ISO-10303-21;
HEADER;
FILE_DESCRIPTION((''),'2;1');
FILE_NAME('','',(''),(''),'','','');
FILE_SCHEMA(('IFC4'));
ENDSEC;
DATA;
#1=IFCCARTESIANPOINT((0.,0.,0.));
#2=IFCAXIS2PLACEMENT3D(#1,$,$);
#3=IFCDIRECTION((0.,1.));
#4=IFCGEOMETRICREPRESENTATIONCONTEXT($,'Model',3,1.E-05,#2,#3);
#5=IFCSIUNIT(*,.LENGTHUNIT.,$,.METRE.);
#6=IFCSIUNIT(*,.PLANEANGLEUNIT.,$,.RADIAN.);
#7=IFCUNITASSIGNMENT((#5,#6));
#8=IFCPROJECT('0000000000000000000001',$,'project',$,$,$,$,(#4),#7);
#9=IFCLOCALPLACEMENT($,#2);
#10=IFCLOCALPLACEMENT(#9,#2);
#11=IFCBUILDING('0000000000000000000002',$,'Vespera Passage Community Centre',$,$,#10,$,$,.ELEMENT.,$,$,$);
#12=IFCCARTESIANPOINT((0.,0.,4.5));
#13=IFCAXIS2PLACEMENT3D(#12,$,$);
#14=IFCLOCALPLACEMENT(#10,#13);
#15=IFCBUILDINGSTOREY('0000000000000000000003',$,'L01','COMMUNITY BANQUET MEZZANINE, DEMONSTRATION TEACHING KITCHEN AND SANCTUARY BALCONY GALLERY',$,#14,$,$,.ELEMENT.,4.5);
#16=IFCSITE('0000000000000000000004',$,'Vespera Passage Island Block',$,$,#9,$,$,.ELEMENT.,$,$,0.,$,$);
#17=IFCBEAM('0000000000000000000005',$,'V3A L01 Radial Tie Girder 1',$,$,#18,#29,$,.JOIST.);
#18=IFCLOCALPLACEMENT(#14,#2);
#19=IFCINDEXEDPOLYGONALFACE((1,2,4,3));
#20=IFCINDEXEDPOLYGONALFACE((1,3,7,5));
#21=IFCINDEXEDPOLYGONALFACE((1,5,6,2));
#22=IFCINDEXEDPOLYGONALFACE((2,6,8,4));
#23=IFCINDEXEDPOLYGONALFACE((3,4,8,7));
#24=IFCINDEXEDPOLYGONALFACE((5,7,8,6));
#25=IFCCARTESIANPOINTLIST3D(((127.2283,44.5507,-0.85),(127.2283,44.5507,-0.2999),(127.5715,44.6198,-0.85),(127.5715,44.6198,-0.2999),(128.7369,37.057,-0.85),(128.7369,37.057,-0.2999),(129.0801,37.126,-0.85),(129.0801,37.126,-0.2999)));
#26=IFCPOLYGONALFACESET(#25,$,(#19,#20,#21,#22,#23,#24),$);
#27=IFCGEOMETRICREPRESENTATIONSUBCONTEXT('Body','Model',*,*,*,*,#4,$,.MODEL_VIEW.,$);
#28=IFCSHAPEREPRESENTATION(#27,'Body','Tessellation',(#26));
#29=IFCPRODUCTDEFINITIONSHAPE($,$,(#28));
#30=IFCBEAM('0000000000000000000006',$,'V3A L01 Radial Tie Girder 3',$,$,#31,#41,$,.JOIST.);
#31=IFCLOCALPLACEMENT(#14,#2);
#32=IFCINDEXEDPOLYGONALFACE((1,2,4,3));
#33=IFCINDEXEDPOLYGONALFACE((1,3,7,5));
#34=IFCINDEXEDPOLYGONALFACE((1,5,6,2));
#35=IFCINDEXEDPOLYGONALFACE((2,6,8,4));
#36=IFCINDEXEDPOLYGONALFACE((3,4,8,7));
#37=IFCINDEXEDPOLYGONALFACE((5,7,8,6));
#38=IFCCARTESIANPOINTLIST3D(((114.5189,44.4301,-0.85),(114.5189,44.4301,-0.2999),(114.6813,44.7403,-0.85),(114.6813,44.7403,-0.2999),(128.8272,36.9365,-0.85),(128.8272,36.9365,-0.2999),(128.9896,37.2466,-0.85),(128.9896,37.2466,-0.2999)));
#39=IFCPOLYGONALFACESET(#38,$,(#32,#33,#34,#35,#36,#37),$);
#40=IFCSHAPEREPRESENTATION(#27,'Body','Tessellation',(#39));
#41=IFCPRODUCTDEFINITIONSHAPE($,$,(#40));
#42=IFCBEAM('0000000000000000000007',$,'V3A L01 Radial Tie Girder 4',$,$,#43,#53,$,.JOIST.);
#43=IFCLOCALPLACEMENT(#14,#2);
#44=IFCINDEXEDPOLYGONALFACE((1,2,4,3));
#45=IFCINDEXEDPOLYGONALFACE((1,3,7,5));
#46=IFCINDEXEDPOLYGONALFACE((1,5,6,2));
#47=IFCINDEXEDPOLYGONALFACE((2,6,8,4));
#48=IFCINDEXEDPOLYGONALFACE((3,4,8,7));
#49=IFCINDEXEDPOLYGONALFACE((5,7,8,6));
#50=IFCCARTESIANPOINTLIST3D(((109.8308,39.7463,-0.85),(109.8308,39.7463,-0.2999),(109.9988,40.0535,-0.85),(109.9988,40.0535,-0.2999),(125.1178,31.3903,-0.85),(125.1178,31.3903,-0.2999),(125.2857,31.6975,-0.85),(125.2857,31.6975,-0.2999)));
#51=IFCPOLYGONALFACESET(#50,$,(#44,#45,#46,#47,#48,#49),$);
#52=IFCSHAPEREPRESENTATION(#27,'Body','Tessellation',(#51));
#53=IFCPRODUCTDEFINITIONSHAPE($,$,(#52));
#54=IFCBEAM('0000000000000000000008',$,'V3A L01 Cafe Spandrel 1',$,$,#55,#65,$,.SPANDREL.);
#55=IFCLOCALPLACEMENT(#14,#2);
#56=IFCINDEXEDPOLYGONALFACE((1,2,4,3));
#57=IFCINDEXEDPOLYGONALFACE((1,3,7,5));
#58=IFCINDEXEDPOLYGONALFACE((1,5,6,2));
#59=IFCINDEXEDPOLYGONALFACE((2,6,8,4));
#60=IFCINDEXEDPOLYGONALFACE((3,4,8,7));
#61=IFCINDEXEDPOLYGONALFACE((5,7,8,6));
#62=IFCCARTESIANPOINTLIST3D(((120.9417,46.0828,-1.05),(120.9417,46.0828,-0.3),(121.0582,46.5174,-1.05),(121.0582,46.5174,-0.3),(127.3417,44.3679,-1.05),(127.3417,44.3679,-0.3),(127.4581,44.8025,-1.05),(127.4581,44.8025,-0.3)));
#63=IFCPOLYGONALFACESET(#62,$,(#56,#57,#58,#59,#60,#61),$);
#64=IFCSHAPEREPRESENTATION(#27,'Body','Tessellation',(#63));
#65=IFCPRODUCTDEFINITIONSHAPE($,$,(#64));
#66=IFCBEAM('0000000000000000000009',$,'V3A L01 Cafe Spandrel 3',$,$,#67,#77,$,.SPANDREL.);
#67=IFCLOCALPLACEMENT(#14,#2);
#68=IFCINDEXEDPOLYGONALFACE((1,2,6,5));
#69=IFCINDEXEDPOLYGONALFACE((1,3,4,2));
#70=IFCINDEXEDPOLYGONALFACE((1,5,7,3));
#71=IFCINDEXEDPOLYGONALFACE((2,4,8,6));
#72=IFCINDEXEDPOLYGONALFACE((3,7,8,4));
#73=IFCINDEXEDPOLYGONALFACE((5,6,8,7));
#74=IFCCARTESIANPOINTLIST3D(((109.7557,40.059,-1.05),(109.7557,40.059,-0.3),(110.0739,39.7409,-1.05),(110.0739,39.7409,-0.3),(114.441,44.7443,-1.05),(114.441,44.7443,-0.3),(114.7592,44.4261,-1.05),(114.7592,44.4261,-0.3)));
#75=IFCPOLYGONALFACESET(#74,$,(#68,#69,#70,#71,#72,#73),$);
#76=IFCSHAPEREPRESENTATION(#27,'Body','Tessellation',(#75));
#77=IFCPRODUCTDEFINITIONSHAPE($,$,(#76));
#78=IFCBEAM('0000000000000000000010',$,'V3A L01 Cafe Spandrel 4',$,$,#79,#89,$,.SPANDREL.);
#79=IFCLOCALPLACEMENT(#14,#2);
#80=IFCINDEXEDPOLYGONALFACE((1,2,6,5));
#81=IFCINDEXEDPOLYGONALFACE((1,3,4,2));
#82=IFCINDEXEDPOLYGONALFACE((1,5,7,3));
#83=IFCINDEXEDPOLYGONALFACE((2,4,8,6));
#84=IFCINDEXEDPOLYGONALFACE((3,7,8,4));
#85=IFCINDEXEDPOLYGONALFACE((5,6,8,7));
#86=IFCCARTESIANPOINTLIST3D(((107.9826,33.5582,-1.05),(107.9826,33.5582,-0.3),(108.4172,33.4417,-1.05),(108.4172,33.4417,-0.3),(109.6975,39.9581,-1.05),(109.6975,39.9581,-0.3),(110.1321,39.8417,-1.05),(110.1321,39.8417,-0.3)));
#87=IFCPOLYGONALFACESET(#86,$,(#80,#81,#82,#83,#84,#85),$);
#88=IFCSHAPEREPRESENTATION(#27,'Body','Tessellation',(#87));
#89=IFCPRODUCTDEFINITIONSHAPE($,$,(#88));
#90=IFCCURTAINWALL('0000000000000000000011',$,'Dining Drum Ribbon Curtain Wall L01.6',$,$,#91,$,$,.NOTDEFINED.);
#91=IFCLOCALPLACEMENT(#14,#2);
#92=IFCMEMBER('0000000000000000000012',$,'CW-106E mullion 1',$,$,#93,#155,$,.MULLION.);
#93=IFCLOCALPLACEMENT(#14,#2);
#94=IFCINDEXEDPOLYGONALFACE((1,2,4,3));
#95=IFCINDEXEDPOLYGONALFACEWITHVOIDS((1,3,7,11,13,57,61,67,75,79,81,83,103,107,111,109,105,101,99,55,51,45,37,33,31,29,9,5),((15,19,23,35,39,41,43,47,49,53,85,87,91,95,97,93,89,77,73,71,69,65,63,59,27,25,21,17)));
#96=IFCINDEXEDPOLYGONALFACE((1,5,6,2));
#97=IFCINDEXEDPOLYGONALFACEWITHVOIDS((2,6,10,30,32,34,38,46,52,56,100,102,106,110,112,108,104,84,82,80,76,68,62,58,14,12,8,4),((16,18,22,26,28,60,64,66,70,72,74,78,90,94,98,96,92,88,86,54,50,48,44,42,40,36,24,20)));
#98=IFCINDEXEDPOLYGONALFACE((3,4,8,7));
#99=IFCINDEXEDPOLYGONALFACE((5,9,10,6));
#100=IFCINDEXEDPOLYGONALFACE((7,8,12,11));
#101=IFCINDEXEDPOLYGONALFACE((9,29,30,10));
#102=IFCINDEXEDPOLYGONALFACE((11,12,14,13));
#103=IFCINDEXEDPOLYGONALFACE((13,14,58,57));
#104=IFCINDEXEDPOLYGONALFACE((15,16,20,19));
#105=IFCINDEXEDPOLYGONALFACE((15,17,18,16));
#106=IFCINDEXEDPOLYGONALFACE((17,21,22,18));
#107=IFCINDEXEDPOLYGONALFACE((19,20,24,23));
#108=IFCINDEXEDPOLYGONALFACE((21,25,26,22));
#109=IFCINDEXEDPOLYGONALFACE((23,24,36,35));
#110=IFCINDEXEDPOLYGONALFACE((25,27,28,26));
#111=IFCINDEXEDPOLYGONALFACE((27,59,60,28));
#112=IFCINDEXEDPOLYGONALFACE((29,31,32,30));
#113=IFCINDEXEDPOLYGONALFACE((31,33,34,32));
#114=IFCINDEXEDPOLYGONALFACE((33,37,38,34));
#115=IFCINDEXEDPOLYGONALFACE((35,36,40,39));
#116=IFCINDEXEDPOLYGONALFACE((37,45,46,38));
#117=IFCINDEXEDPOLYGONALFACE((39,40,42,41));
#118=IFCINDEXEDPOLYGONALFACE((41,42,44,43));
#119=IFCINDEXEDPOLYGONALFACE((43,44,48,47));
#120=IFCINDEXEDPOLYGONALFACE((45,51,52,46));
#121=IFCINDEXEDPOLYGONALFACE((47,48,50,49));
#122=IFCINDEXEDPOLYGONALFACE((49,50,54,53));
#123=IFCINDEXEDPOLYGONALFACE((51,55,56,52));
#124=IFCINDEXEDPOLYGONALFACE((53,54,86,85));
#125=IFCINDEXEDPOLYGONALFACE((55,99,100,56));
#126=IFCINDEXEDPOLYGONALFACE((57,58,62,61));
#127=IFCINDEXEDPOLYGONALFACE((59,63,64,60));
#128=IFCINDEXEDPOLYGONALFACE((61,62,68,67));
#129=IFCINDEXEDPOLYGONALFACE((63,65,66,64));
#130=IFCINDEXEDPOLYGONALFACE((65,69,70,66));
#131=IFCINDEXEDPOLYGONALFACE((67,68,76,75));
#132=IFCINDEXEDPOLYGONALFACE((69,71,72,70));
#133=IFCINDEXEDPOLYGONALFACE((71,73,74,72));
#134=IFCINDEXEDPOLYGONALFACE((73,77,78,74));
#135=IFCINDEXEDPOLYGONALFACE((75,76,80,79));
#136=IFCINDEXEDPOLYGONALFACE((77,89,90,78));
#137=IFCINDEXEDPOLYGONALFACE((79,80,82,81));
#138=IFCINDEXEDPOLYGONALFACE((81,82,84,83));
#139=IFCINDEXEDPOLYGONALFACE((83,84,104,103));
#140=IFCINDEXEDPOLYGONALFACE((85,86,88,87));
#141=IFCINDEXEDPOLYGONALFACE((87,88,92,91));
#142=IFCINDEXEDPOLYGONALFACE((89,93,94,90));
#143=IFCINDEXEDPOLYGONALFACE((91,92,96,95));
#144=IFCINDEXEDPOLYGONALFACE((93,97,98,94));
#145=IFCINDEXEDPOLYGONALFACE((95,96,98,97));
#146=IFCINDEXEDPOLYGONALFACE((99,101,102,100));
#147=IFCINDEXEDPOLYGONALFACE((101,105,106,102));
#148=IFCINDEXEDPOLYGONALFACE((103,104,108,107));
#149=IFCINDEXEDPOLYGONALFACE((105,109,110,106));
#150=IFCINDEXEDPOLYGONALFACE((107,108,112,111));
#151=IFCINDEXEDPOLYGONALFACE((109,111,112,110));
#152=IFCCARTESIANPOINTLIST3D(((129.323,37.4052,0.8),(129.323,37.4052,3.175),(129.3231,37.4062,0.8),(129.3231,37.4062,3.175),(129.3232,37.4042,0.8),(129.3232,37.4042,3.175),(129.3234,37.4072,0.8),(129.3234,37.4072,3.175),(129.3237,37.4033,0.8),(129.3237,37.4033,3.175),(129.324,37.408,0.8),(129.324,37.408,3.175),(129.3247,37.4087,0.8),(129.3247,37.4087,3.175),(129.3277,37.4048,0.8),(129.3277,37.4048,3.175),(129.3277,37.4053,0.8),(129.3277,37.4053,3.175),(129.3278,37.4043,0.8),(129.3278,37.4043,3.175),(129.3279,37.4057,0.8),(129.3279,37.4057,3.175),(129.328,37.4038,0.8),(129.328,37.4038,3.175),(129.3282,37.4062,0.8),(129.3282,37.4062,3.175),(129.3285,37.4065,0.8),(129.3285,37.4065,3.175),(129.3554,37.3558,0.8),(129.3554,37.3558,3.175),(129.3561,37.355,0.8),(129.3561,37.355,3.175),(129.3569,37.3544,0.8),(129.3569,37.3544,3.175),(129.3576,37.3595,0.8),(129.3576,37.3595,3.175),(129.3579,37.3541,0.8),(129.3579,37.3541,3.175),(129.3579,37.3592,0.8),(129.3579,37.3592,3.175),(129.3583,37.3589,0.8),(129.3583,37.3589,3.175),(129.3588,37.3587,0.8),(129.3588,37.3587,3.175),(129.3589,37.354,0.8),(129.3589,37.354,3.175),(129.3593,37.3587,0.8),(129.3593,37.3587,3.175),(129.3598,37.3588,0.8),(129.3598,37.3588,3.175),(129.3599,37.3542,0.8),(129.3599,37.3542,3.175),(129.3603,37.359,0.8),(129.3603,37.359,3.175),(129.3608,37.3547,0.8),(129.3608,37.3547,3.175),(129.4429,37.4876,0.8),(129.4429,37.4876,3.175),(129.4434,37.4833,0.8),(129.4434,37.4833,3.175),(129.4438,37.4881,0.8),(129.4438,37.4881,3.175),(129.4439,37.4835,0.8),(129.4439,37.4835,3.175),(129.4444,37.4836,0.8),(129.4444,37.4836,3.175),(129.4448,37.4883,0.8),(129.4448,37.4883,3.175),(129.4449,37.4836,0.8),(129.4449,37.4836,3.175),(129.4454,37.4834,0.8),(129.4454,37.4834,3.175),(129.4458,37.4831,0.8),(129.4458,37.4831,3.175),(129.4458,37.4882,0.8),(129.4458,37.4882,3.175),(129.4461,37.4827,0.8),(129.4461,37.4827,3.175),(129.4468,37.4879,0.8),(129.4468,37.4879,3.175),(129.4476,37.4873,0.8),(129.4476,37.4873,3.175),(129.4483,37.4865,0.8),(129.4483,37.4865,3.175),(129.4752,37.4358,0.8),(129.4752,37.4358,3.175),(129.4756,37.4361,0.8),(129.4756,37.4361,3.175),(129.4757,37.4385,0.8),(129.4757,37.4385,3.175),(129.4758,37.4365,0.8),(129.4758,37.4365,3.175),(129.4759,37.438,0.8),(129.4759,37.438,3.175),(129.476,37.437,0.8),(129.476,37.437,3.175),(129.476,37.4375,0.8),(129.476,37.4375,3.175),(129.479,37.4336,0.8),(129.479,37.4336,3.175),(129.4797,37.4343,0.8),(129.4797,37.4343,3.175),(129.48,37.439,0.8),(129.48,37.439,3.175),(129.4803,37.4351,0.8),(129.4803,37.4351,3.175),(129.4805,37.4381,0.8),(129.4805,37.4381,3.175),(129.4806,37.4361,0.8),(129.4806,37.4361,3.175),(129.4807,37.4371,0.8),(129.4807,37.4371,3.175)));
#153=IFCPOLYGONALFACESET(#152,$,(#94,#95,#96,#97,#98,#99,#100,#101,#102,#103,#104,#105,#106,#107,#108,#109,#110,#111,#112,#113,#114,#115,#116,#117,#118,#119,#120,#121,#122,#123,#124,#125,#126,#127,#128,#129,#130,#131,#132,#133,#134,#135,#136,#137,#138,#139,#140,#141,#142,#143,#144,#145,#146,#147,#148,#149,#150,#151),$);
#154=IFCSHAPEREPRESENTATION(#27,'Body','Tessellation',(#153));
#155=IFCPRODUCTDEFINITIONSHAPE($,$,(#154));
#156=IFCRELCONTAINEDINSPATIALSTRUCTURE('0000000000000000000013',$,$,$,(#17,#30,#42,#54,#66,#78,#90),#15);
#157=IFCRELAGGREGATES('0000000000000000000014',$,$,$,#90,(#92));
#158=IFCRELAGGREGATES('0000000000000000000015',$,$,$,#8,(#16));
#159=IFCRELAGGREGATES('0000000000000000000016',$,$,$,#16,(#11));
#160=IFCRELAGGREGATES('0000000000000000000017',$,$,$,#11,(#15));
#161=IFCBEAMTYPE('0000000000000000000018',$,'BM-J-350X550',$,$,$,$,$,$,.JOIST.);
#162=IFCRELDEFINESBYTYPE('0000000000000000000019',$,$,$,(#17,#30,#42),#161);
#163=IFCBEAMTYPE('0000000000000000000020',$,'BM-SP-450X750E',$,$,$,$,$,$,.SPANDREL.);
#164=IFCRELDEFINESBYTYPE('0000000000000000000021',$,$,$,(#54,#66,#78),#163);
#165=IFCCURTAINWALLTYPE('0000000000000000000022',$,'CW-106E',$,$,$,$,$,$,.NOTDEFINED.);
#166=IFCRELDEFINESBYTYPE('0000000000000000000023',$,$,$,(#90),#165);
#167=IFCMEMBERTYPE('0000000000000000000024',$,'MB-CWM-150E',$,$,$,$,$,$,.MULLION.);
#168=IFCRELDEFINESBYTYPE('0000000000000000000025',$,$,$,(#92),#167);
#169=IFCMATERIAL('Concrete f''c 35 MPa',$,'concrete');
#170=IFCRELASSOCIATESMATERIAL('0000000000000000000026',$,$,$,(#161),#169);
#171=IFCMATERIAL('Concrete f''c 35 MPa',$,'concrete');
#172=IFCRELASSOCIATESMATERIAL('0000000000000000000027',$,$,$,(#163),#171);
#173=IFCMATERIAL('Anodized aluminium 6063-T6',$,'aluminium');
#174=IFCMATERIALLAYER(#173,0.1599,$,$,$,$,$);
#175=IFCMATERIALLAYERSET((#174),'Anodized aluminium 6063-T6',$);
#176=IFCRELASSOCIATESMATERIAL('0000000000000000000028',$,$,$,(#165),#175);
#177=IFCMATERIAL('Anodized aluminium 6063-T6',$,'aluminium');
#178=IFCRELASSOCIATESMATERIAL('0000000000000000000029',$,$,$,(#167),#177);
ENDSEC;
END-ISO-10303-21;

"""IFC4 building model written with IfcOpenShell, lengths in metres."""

from ifc_helpers import new_model, si_unit, direction, frame, origin, origin_2d, place, context, subcontext, project, spatial, rectangle, hollow_rectangle, extrude, material, layer, layer_set, material_profile, profile_set, type_object, element, aggregate, save


model = new_model("IFC4")

# Units and contexts
model_context = context("Model", 3, precision=1e-05, world=origin(), true_north=direction((0.0, 1.0)))
body_context = subcontext(model_context, "Body", "Model", "MODEL_VIEW")
ifc_project = project(units=[si_unit("LENGTHUNIT", "METRE"), si_unit("PLANEANGLEUNIT", "RADIAN")], contexts=[model_context])

# Site, building, storey
site_placement = place(None, origin())
site = spatial("IfcSite", under=ifc_project, at=site_placement, Name="Vespera Passage Island Block", CompositionType="ELEMENT", RefElevation=0.0)
building_placement = place(site_placement, origin())
building = spatial("IfcBuilding", under=site, at=building_placement, Name="Vespera Passage Community Centre", CompositionType="ELEMENT")
storey_placement = place(building_placement, frame((0.0, 0.0, 4.5)))
storey = spatial("IfcBuildingStorey", under=building, at=storey_placement, Name="L01", Description="COMMUNITY BANQUET MEZZANINE, DEMONSTRATION TEACHING KITCHEN AND SANCTUARY BALCONY GALLERY", CompositionType="ELEMENT", Elevation=4.5)

# Beams
ifc_material_1 = material(Name="Concrete f'c 35 MPa", Category="concrete")
ifc_material_profile_1 = material_profile(ifc_material_1, rectangle(XDim=0.3501, YDim=0.55, at=origin_2d()), Name="RC350X550")
ifc_profile_set_1 = profile_set([ifc_material_profile_1], Name="Concrete f'c 35 MPa")
beam_type_1 = type_object("IfcBeamType", Name="BM-J-350X550", PredefinedType="JOIST", material=ifc_profile_set_1)
beam_1_placement = place(storey_placement, frame((127.3999, 44.5852, -0.575), z_axis=(0.197351, -0.980333, 0.0), x_axis=(0.980333, 0.197351, 0.0)))
element("IfcBeam", 1, at=beam_1_placement, inside=storey, type_object=beam_type_1, Name="V3A L01 Radial Tie Girder 1", PredefinedType="JOIST", context=body_context, shape_type="SweptSolid", body=[
    extrude(rectangle(XDim=0.3501, YDim=0.55, at=origin_2d()), origin(), (0.0, 0.0, 1.0), 7.644),
])
beam_2_placement = place(storey_placement, frame((114.6001, 44.5852, -0.575), z_axis=(0.885862, -0.463949, 0.0), x_axis=(0.463949, 0.885862, 0.0)))
element("IfcBeam", 2, at=beam_2_placement, inside=storey, type_object=beam_type_1, Name="V3A L01 Radial Tie Girder 3", PredefinedType="JOIST", context=body_context, shape_type="SweptSolid", body=[
    extrude(rectangle(XDim=0.3501, YDim=0.55, at=origin_2d()), origin(), (0.0, 0.0, 1.0), 16.1519),
])
beam_3_placement = place(storey_placement, frame((109.9148, 39.8999, -0.575), z_axis=(0.877469, -0.479633, 0.0), x_axis=(0.479633, 0.877469, 0.0)))
element("IfcBeam", 3, at=beam_3_placement, inside=storey, type_object=beam_type_1, Name="V3A L01 Radial Tie Girder 4", PredefinedType="JOIST", context=body_context, shape_type="SweptSolid", body=[
    extrude(rectangle(XDim=0.3501, YDim=0.55, at=origin_2d()), origin(), (0.0, 0.0, 1.0), 17.4216),
])
ifc_material_2 = material(Name="Concrete f'c 35 MPa", Category="concrete")
ifc_material_profile_2 = material_profile(ifc_material_2, rectangle(XDim=0.45, YDim=0.75, at=origin_2d()), Name="RC450X750")
ifc_profile_set_2 = profile_set([ifc_material_profile_2], Name="Concrete f'c 35 MPa")
beam_type_2 = type_object("IfcBeamType", Name="BM-SP-450X750E", PredefinedType="SPANDREL", material=ifc_profile_set_2)
beam_4_placement = place(storey_placement, frame((127.3999, 44.5852, -0.675), z_axis=(-0.965926, 0.258818, 0.0), x_axis=(-0.258818, -0.965926, 0.0)))
element("IfcBeam", 4, at=beam_4_placement, inside=storey, type_object=beam_type_2, Name="V3A L01 Cafe Spandrel 1", PredefinedType="SPANDREL", context=body_context, shape_type="SweptSolid", body=[
    extrude(rectangle(XDim=0.45, YDim=0.75, at=origin_2d()), origin(), (0.0, 0.0, 1.0), 6.6257),
])
beam_5_placement = place(storey_placement, frame((114.6001, 44.5852, -0.675), z_axis=(-0.707107, -0.707107, 0.0), x_axis=(0.707107, -0.707107, 0.0)))
element("IfcBeam", 5, at=beam_5_placement, inside=storey, type_object=beam_type_2, Name="V3A L01 Cafe Spandrel 3", PredefinedType="SPANDREL", context=body_context, shape_type="SweptSolid", body=[
    extrude(rectangle(XDim=0.45, YDim=0.75, at=origin_2d()), origin(), (0.0, 0.0, 1.0), 6.626),
])
beam_6_placement = place(storey_placement, frame((109.9148, 39.8999, -0.675), z_axis=(-0.258818, -0.965926, 0.0), x_axis=(0.965926, -0.258818, 0.0)))
element("IfcBeam", 6, at=beam_6_placement, inside=storey, type_object=beam_type_2, Name="V3A L01 Cafe Spandrel 4", PredefinedType="SPANDREL", context=body_context, shape_type="SweptSolid", body=[
    extrude(rectangle(XDim=0.45, YDim=0.75, at=origin_2d()), origin(), (0.0, 0.0, 1.0), 6.6257),
])

# Curtain wall, member
ifc_material_3 = material(Name="Anodized aluminium 6063-T6", Category="aluminium")
ifc_layer_1 = layer(ifc_material_3, 0.1599)
ifc_layer_set_1 = layer_set([ifc_layer_1], Name="Anodized aluminium 6063-T6")
curtain_wall_type = type_object("IfcCurtainWallType", Name="CW-106E", PredefinedType="NOTDEFINED", material=ifc_layer_set_1)
curtain_wall_placement = place(storey_placement, origin())
curtain_wall = element("IfcCurtainWall", 7, at=curtain_wall_placement, inside=storey, type_object=curtain_wall_type, Name="Dining Drum Ribbon Curtain Wall L01.6", PredefinedType="NOTDEFINED")
ifc_material_4 = material(Name="Anodized aluminium 6063-T6", Category="aluminium")
ifc_material_profile_3 = material_profile(ifc_material_4, hollow_rectangle(XDim=0.0649, YDim=0.1499, WallThickness=0.0039, InnerFilletRadius=0.002, OuterFilletRadius=0.0039, at=origin_2d()), Name="ALU150X65X4")
ifc_profile_set_3 = profile_set([ifc_material_profile_3], Name="Anodized aluminium 6063-T6")
member_type_1 = type_object("IfcMemberType", Name="MB-CWM-150E", PredefinedType="MULLION", material=ifc_profile_set_3)
member_1_placement = place(storey_placement, frame((129.4019, 37.4211, 0.8), z_axis=(0.0, 0.0, 1.0), x_axis=(-0.555565, 0.831473, 0.0)))
member_1 = element("IfcMember", 8, at=member_1_placement, type_object=member_type_1, Name="CW-106E mullion 1", PredefinedType="MULLION", context=body_context, shape_type="SweptSolid", body=[
    extrude(hollow_rectangle(XDim=0.0649, YDim=0.1499, WallThickness=0.0039, InnerFilletRadius=0.002, OuterFilletRadius=0.0039, at=origin_2d()), origin(), (0.0, 0.0, 1.0), 2.375),
])
aggregate(curtain_wall, [member_1])

save(model, "model.ifc")
